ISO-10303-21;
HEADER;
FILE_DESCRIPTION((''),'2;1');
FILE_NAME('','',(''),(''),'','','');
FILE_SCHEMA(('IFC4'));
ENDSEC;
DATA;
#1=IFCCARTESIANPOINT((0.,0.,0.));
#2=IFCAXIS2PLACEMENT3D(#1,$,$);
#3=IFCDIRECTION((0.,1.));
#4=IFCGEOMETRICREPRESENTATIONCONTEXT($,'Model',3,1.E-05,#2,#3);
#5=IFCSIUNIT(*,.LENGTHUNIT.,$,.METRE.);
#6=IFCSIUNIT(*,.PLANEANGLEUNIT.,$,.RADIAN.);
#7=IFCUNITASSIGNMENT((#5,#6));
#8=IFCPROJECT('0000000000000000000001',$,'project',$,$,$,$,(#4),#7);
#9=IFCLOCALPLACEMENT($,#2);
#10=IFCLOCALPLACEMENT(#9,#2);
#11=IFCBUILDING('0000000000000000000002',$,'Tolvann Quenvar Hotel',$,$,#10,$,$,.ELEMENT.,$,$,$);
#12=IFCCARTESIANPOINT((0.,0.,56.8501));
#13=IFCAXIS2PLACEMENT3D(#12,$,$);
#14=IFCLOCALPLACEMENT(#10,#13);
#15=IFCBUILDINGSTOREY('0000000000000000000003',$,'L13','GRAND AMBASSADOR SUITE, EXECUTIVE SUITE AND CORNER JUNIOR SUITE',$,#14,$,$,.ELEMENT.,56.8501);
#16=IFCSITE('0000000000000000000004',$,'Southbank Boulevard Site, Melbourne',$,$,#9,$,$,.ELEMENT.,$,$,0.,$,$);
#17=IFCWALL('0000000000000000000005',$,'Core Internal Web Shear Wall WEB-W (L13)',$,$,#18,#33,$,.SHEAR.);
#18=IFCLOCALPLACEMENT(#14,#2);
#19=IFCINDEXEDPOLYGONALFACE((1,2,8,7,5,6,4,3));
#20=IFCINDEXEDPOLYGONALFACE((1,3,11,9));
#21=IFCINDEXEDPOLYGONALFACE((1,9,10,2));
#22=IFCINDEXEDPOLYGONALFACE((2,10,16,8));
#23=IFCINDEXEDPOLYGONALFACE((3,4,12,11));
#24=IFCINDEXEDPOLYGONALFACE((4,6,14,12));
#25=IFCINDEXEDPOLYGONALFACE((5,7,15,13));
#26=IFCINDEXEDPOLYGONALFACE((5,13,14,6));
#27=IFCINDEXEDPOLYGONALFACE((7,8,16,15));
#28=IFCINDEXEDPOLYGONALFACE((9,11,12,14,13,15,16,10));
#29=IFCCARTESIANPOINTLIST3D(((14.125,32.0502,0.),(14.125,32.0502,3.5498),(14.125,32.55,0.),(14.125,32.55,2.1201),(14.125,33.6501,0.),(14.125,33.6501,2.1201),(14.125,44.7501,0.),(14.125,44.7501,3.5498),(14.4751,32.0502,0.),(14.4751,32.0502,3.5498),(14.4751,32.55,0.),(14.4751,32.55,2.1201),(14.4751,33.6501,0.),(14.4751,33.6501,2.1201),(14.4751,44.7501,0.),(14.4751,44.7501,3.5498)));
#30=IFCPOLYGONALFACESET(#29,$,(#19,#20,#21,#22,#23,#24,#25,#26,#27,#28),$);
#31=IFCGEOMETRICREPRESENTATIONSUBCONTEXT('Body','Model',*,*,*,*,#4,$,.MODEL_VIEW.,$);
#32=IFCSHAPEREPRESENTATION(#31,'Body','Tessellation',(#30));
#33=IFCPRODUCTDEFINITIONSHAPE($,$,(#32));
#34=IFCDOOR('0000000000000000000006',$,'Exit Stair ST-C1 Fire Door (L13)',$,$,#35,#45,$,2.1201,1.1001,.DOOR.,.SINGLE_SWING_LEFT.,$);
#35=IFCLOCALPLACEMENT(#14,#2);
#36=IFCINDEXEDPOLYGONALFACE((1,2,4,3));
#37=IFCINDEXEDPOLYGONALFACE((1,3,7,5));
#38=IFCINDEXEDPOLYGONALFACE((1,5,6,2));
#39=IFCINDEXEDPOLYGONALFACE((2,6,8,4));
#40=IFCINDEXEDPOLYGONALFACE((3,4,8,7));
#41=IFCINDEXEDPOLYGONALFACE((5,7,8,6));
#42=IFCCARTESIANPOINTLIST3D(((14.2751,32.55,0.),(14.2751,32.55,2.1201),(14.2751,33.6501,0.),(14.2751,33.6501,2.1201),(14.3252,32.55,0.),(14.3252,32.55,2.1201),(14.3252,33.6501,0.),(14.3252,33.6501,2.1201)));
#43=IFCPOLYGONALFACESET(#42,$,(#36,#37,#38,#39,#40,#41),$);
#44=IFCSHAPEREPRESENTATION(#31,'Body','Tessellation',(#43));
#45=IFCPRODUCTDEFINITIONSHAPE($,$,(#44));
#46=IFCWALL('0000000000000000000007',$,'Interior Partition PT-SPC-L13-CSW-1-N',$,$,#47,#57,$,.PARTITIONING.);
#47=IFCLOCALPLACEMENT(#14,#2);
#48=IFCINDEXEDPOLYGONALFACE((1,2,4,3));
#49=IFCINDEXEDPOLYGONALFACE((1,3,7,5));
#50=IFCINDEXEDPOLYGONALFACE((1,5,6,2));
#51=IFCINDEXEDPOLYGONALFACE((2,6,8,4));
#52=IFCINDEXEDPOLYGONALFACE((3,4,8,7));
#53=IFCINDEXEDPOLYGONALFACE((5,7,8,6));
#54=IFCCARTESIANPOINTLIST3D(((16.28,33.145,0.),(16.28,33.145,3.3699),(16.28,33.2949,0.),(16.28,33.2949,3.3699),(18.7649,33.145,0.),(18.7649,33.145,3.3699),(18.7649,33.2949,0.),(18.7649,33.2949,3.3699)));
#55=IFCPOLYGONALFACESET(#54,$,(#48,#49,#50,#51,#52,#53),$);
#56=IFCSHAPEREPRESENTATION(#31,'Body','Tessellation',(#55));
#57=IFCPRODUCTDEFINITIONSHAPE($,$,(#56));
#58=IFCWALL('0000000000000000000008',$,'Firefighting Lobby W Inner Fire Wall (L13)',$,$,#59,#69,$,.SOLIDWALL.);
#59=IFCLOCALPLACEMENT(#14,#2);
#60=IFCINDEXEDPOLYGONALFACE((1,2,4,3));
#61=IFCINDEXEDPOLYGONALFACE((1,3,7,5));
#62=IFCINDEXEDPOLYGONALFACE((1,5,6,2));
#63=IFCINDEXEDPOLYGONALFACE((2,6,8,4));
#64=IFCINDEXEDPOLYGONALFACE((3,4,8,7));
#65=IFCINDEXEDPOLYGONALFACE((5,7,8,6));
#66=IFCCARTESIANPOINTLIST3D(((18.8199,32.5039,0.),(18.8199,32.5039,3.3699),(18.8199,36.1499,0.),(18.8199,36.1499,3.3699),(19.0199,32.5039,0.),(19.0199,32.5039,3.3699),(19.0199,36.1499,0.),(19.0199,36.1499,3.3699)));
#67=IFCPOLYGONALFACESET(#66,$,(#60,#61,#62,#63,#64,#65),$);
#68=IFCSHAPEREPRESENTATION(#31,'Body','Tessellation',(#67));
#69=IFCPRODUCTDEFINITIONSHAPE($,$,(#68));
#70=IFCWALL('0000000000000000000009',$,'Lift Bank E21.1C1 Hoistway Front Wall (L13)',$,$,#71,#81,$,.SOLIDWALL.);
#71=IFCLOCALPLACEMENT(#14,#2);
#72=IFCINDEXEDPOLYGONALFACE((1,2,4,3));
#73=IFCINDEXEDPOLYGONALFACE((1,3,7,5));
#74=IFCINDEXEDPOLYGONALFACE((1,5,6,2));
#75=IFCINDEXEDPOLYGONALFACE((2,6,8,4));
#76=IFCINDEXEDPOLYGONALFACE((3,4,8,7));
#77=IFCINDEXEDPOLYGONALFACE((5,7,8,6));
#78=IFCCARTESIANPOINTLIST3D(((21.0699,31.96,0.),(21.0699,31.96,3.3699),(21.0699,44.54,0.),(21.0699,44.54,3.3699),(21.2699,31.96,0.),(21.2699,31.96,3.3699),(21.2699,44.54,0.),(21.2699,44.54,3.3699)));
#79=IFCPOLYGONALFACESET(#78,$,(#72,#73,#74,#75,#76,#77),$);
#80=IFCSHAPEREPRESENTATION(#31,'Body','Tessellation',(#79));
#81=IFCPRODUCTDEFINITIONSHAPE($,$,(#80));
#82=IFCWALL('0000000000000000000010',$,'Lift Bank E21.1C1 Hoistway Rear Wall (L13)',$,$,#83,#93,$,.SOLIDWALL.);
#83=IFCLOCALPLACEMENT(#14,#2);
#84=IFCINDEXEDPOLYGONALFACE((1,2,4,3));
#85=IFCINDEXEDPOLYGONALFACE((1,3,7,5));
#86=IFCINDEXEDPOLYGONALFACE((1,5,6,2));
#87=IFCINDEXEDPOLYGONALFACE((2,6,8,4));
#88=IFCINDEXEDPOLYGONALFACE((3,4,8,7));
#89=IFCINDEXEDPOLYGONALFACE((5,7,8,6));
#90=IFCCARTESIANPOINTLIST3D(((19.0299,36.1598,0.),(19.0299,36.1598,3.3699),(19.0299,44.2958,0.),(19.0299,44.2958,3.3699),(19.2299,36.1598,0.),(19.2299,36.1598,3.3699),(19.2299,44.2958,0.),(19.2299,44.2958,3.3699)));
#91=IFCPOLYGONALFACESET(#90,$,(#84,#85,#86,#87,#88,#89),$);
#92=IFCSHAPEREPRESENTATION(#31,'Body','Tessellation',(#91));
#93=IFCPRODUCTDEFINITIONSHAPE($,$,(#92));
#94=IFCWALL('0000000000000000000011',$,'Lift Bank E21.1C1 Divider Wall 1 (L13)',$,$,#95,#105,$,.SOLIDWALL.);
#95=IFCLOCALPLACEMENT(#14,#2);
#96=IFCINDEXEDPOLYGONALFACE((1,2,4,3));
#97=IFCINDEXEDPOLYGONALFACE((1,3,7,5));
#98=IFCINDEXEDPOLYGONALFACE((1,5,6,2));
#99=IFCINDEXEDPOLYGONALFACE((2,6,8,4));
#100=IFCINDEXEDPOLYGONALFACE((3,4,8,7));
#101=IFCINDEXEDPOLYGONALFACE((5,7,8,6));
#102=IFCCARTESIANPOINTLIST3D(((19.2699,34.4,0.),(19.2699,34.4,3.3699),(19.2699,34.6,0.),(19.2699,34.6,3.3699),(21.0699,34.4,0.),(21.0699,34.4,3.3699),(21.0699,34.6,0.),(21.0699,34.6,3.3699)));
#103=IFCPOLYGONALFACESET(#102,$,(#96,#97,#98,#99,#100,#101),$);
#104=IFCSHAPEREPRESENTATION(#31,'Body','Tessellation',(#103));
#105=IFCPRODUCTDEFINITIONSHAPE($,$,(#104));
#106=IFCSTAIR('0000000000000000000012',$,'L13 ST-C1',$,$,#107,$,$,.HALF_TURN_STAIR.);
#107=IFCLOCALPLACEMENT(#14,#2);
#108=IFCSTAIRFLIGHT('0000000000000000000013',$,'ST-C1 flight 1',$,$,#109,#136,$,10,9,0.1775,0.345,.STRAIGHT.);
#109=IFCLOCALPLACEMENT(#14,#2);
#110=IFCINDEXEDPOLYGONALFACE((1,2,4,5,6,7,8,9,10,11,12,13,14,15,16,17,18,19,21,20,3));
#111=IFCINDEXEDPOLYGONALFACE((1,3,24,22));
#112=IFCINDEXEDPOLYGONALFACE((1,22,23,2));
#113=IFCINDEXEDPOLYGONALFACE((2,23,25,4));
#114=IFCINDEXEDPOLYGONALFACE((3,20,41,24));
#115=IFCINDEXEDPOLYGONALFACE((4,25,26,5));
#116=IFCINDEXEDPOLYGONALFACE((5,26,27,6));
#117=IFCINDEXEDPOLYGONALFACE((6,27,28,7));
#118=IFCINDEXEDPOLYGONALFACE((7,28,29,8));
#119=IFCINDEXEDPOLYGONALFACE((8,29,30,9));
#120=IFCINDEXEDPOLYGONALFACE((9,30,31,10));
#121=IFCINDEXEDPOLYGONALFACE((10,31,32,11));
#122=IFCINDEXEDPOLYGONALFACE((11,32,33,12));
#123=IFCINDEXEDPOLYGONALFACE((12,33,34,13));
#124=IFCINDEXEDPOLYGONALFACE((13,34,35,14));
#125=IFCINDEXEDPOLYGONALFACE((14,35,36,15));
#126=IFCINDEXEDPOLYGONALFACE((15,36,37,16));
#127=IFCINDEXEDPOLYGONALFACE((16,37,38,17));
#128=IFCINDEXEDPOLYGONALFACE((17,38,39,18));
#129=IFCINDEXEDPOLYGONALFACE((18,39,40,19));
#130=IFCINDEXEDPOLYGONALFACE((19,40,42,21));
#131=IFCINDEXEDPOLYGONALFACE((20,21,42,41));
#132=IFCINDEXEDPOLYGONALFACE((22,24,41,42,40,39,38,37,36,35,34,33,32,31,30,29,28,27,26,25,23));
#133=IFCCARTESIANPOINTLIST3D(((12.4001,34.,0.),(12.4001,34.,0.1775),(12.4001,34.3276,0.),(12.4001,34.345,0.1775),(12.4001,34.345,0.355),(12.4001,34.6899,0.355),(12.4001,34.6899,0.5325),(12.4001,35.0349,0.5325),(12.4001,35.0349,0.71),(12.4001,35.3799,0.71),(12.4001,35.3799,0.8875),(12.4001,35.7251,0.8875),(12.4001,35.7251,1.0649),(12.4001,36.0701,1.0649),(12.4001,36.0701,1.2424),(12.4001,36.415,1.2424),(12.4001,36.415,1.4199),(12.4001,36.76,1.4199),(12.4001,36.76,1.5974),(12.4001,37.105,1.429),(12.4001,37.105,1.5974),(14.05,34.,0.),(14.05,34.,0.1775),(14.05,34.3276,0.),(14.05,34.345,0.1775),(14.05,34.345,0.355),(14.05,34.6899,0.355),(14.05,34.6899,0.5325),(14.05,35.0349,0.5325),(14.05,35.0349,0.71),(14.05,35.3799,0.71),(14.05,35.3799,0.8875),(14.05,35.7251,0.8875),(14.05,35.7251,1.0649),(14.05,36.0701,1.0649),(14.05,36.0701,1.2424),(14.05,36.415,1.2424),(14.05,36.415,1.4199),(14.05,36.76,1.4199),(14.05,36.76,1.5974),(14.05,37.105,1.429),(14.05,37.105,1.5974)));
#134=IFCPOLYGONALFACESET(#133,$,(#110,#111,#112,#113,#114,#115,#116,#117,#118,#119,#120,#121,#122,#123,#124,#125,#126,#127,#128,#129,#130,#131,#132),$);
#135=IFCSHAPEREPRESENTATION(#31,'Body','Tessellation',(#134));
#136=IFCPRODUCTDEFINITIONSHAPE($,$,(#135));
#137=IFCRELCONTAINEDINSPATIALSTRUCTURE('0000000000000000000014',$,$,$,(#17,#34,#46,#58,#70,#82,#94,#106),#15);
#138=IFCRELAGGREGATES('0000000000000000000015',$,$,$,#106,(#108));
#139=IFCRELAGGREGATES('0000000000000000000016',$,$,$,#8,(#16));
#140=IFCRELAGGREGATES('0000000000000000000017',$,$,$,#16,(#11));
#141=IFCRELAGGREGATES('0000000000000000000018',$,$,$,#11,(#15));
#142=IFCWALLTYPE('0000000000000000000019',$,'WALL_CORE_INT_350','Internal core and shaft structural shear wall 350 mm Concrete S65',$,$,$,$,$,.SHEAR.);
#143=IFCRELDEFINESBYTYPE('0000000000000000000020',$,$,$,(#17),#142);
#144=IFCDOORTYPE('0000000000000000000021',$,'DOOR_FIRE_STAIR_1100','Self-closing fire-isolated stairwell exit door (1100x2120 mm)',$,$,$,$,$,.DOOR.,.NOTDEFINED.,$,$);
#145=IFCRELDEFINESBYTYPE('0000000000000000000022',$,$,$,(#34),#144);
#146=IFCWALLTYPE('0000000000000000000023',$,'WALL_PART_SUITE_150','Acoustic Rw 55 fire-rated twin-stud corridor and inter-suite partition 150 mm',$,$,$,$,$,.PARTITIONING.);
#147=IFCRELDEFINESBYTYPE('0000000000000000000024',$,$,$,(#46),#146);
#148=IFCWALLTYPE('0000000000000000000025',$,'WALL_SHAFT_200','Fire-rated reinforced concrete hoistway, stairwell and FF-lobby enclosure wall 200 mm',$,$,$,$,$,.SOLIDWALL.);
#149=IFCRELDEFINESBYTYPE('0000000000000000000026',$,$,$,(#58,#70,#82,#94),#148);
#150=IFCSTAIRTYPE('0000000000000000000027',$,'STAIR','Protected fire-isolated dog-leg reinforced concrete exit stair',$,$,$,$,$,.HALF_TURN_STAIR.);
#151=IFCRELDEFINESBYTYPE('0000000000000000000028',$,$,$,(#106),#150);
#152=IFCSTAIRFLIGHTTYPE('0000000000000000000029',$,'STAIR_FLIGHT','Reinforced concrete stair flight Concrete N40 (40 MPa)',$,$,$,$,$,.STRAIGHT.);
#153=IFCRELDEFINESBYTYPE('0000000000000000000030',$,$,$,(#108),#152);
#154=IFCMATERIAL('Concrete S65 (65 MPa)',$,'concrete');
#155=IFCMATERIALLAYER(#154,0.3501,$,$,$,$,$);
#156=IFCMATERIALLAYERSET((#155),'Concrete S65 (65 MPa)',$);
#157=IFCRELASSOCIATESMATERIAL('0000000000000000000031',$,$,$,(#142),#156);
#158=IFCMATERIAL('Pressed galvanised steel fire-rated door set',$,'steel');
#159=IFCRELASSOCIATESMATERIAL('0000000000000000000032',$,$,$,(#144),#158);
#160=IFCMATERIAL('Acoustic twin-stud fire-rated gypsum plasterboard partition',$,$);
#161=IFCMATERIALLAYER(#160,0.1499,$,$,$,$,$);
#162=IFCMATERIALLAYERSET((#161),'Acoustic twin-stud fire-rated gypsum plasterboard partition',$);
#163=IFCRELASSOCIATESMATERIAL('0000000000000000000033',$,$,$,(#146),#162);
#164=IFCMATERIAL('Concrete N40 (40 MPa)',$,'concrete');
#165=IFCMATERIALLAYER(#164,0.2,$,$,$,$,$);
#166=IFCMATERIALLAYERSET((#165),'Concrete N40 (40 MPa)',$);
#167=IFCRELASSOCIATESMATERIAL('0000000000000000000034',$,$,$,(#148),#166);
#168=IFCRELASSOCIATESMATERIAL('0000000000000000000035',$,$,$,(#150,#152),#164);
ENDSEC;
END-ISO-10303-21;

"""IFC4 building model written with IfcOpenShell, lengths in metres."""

from ifc_helpers import new_model, si_unit, direction, frame, frame_2d, origin, place, context, subcontext, project, spatial, polyline, rectangle, outline, extrude, source, transform, mapped, material, layer, layer_set, type_object, type_shapes, element, fill, aggregate, save


model = new_model("IFC4")

# Units and contexts
model_context = context("Model", 3, precision=1e-05, world=origin(), true_north=direction((0.0, 1.0)))
body_context = subcontext(model_context, "Body", "Model", "MODEL_VIEW")
ifc_project = project(units=[si_unit("LENGTHUNIT", "METRE"), si_unit("PLANEANGLEUNIT", "RADIAN")], contexts=[model_context])

# Site, building, storey
site_placement = place(None, origin())
site = spatial("IfcSite", under=ifc_project, at=site_placement, Name="Southbank Boulevard Site, Melbourne", CompositionType="ELEMENT", RefElevation=0.0)
building_placement = place(site_placement, origin())
building = spatial("IfcBuilding", under=site, at=building_placement, Name="Tolvann Quenvar Hotel", CompositionType="ELEMENT")
storey_placement = place(building_placement, frame((0.0, 0.0, 56.8501)))
storey = spatial("IfcBuildingStorey", under=building, at=storey_placement, Name="L13", Description="GRAND AMBASSADOR SUITE, EXECUTIVE SUITE AND CORNER JUNIOR SUITE", CompositionType="ELEMENT", Elevation=56.8501)

# Shared definitions
ifc_material_1 = material(Name="Pressed galvanised steel fire-rated door set", Category="steel")

# Wall, opening, door
ifc_material_2 = material(Name="Concrete S65 (65 MPa)", Category="concrete")
ifc_layer_1 = layer(ifc_material_2, 0.3501)
ifc_layer_set_1 = layer_set([ifc_layer_1], Name="Concrete S65 (65 MPa)")
wall_type_1 = type_object("IfcWallType", Name="WALL_CORE_INT_350", Description="Internal core and shaft structural shear wall 350 mm Concrete S65", PredefinedType="SHEAR", material=ifc_layer_set_1)
wall_1_placement = place(storey_placement, frame((14.3, 32.05, 0.0), z_axis=(0.0, 0.0, 1.0), x_axis=(0.0, 1.0, 0.0)))
wall_1 = element("IfcWall", 1, at=wall_1_placement, inside=storey, type_object=wall_type_1, Name="Core Internal Web Shear Wall WEB-W (L13)", PredefinedType="SHEAR", context=body_context, shape_type="SweptSolid", body=[
    extrude(rectangle(XDim=12.7, YDim=0.3501, at=frame_2d((6.3501, 0.0))), origin(), (0.0, 0.0, 1.0), 3.5498),
])
opening_1_placement = place(wall_1_placement, frame((0.5, 0.0, 0.0)))
opening_1 = element("IfcOpeningElement", 2, at=opening_1_placement, cuts=wall_1, PredefinedType="OPENING", context=body_context, shape_type="SweptSolid", body=[
    extrude(rectangle(XDim=1.1001, YDim=2.1201, at=frame_2d((0.55, 1.0601))), frame((0.0, 0.1851, 0.0), z_axis=(0.0, -1.0, 0.0), x_axis=(1.0, 0.0, 0.0)), (0.0, 0.0, 1.0), 0.3701),
])
door_type_1 = type_object("IfcDoorType", Name="DOOR_FIRE_STAIR_1100", Description="Self-closing fire-isolated stairwell exit door (1100x2120 mm)", OperationType="NOTDEFINED", PredefinedType="DOOR", material=ifc_material_1)
shared_shape_1 = source(origin(), body_context, "Body", "SweptSolid", [
    extrude(rectangle(XDim=1.1001, YDim=2.1201, at=frame_2d((0.55, 1.0601))), frame((0.0, 0.0249, 0.0), z_axis=(0.0, -1.0, 0.0), x_axis=(1.0, 0.0, 0.0)), (0.0, 0.0, 1.0), 0.05),
])
type_shapes(door_type_1, [shared_shape_1])
door_1_placement = place(opening_1_placement, origin())
door_1 = element("IfcDoor", 3, at=door_1_placement, inside=storey, type_object=door_type_1, Name="Exit Stair ST-C1 Fire Door (L13)", OperationType="SINGLE_SWING_LEFT", OverallHeight=2.1201, OverallWidth=1.1001, PredefinedType="DOOR", context=body_context, shape_type="MappedRepresentation", body=[
    mapped(shared_shape_1, transform((0.0, 0.0, 0.0), x_axis=(1.0, 0.0, 0.0), y_axis=(0.0, 1.0, 0.0), z_axis=(0.0, 0.0, 1.0), scale=1.0)),
])
fill(opening_1, door_1)

# Walls
ifc_material_3 = material(Name="Acoustic twin-stud fire-rated gypsum plasterboard partition")
ifc_layer_2 = layer(ifc_material_3, 0.1499)
ifc_layer_set_2 = layer_set([ifc_layer_2], Name="Acoustic twin-stud fire-rated gypsum plasterboard partition")
wall_type_2 = type_object("IfcWallType", Name="WALL_PART_SUITE_150", Description="Acoustic Rw 55 fire-rated twin-stud corridor and inter-suite partition 150 mm", PredefinedType="PARTITIONING", material=ifc_layer_set_2)
wall_2_placement = place(storey_placement, frame((16.28, 33.22, 0.0), z_axis=(0.0, 0.0, 1.0), x_axis=(1.0, 0.0, 0.0)))
element("IfcWall", 4, at=wall_2_placement, inside=storey, type_object=wall_type_2, Name="Interior Partition PT-SPC-L13-CSW-1-N", PredefinedType="PARTITIONING", context=body_context, shape_type="SweptSolid", body=[
    extrude(rectangle(XDim=2.4849, YDim=0.1499, at=frame_2d((1.2424, 0.0))), origin(), (0.0, 0.0, 1.0), 3.3699),
])
ifc_material_4 = material(Name="Concrete N40 (40 MPa)", Category="concrete")
ifc_layer_3 = layer(ifc_material_4, 0.2)
ifc_layer_set_3 = layer_set([ifc_layer_3], Name="Concrete N40 (40 MPa)")
wall_type_3 = type_object("IfcWallType", Name="WALL_SHAFT_200", Description="Fire-rated reinforced concrete hoistway, stairwell and FF-lobby enclosure wall 200 mm", PredefinedType="SOLIDWALL", material=ifc_layer_set_3)
wall_3_placement = place(storey_placement, frame((18.9199, 32.5039, 0.0), z_axis=(0.0, 0.0, 1.0), x_axis=(0.0, 1.0, 0.0)))
element("IfcWall", 5, at=wall_3_placement, inside=storey, type_object=wall_type_3, Name="Firefighting Lobby W Inner Fire Wall (L13)", PredefinedType="SOLIDWALL", context=body_context, shape_type="SweptSolid", body=[
    extrude(rectangle(XDim=3.646, YDim=0.2, at=frame_2d((1.823, 0.0))), origin(), (0.0, 0.0, 1.0), 3.3699),
])
wall_4_placement = place(storey_placement, frame((21.1699, 31.96, 0.0), z_axis=(0.0, 0.0, 1.0), x_axis=(0.0, 1.0, 0.0)))
element("IfcWall", 6, at=wall_4_placement, inside=storey, type_object=wall_type_3, Name="Lift Bank E21.1C1 Hoistway Front Wall (L13)", PredefinedType="SOLIDWALL", context=body_context, shape_type="SweptSolid", body=[
    extrude(rectangle(XDim=12.5801, YDim=0.2, at=frame_2d((6.29, 0.0))), origin(), (0.0, 0.0, 1.0), 3.3699),
])
wall_5_placement = place(storey_placement, frame((19.1299, 36.1599, 0.0), z_axis=(0.0, 0.0, 1.0), x_axis=(0.0, 1.0, 0.0)))
element("IfcWall", 7, at=wall_5_placement, inside=storey, type_object=wall_type_3, Name="Lift Bank E21.1C1 Hoistway Rear Wall (L13)", PredefinedType="SOLIDWALL", context=body_context, shape_type="SweptSolid", body=[
    extrude(rectangle(XDim=8.136, YDim=0.2, at=frame_2d((4.0679, 0.0))), origin(), (0.0, 0.0, 1.0), 3.3699),
])
wall_6_placement = place(storey_placement, frame((19.27, 34.5, 0.0), z_axis=(0.0, 0.0, 1.0), x_axis=(1.0, 0.0, 0.0)))
element("IfcWall", 8, at=wall_6_placement, inside=storey, type_object=wall_type_3, Name="Lift Bank E21.1C1 Divider Wall 1 (L13)", PredefinedType="SOLIDWALL", context=body_context, shape_type="SweptSolid", body=[
    extrude(rectangle(XDim=1.8, YDim=0.2, at=frame_2d((0.8999, 0.0))), origin(), (0.0, 0.0, 1.0), 3.3699),
])

# Stair, stair flight
stair_type = type_object("IfcStairType", Name="STAIR", Description="Protected fire-isolated dog-leg reinforced concrete exit stair", PredefinedType="HALF_TURN_STAIR", material=ifc_material_4)
stair_placement = place(storey_placement, origin())
stair = element("IfcStair", 9, at=stair_placement, inside=storey, type_object=stair_type, Name="L13 ST-C1", PredefinedType="HALF_TURN_STAIR")
stair_flight_type = type_object("IfcStairFlightType", Name="STAIR_FLIGHT", Description="Reinforced concrete stair flight Concrete N40 (40 MPa)", PredefinedType="STRAIGHT", material=ifc_material_4)
stair_flight_placement = place(storey_placement, frame((13.2251, 34.0, 0.0), z_axis=(0.0, 0.0, 1.0), x_axis=(0.0, 1.0, 0.0)))
stair_flight = element("IfcStairFlight", 10, at=stair_flight_placement, type_object=stair_flight_type, Name="ST-C1 flight 1", NumberOfRisers=10, NumberOfTreads=9, PredefinedType="STRAIGHT", RiserHeight=0.1775, TreadLength=0.345, context=body_context, shape_type="SweptSolid", body=[
    extrude(outline(polyline([(0.0, 0.0), (0.0, 0.1775), (0.345, 0.1775), (0.345, 0.355), (0.6899, 0.355), (0.6899, 0.5325), (1.0349, 0.5325), (1.0349, 0.71), (1.3799, 0.71), (1.3799, 0.8875), (1.7251, 0.8875), (1.7251, 1.0649), (2.0701, 1.0649), (2.0701, 1.2424), (2.415, 1.2424), (2.415, 1.4199), (2.76, 1.4199), (2.76, 1.5974), (3.105, 1.5974), (3.105, 1.7749), (3.105, 1.429), (0.3276, 0.0), (0.0, 0.0)])), frame((0.0, 0.825, 0.0), z_axis=(0.0, -1.0, 0.0), x_axis=(1.0, 0.0, 0.0)), (0.0, 0.0, 1.0), 1.6499),
])
aggregate(stair, [stair_flight])

save(model, "model.ifc")
